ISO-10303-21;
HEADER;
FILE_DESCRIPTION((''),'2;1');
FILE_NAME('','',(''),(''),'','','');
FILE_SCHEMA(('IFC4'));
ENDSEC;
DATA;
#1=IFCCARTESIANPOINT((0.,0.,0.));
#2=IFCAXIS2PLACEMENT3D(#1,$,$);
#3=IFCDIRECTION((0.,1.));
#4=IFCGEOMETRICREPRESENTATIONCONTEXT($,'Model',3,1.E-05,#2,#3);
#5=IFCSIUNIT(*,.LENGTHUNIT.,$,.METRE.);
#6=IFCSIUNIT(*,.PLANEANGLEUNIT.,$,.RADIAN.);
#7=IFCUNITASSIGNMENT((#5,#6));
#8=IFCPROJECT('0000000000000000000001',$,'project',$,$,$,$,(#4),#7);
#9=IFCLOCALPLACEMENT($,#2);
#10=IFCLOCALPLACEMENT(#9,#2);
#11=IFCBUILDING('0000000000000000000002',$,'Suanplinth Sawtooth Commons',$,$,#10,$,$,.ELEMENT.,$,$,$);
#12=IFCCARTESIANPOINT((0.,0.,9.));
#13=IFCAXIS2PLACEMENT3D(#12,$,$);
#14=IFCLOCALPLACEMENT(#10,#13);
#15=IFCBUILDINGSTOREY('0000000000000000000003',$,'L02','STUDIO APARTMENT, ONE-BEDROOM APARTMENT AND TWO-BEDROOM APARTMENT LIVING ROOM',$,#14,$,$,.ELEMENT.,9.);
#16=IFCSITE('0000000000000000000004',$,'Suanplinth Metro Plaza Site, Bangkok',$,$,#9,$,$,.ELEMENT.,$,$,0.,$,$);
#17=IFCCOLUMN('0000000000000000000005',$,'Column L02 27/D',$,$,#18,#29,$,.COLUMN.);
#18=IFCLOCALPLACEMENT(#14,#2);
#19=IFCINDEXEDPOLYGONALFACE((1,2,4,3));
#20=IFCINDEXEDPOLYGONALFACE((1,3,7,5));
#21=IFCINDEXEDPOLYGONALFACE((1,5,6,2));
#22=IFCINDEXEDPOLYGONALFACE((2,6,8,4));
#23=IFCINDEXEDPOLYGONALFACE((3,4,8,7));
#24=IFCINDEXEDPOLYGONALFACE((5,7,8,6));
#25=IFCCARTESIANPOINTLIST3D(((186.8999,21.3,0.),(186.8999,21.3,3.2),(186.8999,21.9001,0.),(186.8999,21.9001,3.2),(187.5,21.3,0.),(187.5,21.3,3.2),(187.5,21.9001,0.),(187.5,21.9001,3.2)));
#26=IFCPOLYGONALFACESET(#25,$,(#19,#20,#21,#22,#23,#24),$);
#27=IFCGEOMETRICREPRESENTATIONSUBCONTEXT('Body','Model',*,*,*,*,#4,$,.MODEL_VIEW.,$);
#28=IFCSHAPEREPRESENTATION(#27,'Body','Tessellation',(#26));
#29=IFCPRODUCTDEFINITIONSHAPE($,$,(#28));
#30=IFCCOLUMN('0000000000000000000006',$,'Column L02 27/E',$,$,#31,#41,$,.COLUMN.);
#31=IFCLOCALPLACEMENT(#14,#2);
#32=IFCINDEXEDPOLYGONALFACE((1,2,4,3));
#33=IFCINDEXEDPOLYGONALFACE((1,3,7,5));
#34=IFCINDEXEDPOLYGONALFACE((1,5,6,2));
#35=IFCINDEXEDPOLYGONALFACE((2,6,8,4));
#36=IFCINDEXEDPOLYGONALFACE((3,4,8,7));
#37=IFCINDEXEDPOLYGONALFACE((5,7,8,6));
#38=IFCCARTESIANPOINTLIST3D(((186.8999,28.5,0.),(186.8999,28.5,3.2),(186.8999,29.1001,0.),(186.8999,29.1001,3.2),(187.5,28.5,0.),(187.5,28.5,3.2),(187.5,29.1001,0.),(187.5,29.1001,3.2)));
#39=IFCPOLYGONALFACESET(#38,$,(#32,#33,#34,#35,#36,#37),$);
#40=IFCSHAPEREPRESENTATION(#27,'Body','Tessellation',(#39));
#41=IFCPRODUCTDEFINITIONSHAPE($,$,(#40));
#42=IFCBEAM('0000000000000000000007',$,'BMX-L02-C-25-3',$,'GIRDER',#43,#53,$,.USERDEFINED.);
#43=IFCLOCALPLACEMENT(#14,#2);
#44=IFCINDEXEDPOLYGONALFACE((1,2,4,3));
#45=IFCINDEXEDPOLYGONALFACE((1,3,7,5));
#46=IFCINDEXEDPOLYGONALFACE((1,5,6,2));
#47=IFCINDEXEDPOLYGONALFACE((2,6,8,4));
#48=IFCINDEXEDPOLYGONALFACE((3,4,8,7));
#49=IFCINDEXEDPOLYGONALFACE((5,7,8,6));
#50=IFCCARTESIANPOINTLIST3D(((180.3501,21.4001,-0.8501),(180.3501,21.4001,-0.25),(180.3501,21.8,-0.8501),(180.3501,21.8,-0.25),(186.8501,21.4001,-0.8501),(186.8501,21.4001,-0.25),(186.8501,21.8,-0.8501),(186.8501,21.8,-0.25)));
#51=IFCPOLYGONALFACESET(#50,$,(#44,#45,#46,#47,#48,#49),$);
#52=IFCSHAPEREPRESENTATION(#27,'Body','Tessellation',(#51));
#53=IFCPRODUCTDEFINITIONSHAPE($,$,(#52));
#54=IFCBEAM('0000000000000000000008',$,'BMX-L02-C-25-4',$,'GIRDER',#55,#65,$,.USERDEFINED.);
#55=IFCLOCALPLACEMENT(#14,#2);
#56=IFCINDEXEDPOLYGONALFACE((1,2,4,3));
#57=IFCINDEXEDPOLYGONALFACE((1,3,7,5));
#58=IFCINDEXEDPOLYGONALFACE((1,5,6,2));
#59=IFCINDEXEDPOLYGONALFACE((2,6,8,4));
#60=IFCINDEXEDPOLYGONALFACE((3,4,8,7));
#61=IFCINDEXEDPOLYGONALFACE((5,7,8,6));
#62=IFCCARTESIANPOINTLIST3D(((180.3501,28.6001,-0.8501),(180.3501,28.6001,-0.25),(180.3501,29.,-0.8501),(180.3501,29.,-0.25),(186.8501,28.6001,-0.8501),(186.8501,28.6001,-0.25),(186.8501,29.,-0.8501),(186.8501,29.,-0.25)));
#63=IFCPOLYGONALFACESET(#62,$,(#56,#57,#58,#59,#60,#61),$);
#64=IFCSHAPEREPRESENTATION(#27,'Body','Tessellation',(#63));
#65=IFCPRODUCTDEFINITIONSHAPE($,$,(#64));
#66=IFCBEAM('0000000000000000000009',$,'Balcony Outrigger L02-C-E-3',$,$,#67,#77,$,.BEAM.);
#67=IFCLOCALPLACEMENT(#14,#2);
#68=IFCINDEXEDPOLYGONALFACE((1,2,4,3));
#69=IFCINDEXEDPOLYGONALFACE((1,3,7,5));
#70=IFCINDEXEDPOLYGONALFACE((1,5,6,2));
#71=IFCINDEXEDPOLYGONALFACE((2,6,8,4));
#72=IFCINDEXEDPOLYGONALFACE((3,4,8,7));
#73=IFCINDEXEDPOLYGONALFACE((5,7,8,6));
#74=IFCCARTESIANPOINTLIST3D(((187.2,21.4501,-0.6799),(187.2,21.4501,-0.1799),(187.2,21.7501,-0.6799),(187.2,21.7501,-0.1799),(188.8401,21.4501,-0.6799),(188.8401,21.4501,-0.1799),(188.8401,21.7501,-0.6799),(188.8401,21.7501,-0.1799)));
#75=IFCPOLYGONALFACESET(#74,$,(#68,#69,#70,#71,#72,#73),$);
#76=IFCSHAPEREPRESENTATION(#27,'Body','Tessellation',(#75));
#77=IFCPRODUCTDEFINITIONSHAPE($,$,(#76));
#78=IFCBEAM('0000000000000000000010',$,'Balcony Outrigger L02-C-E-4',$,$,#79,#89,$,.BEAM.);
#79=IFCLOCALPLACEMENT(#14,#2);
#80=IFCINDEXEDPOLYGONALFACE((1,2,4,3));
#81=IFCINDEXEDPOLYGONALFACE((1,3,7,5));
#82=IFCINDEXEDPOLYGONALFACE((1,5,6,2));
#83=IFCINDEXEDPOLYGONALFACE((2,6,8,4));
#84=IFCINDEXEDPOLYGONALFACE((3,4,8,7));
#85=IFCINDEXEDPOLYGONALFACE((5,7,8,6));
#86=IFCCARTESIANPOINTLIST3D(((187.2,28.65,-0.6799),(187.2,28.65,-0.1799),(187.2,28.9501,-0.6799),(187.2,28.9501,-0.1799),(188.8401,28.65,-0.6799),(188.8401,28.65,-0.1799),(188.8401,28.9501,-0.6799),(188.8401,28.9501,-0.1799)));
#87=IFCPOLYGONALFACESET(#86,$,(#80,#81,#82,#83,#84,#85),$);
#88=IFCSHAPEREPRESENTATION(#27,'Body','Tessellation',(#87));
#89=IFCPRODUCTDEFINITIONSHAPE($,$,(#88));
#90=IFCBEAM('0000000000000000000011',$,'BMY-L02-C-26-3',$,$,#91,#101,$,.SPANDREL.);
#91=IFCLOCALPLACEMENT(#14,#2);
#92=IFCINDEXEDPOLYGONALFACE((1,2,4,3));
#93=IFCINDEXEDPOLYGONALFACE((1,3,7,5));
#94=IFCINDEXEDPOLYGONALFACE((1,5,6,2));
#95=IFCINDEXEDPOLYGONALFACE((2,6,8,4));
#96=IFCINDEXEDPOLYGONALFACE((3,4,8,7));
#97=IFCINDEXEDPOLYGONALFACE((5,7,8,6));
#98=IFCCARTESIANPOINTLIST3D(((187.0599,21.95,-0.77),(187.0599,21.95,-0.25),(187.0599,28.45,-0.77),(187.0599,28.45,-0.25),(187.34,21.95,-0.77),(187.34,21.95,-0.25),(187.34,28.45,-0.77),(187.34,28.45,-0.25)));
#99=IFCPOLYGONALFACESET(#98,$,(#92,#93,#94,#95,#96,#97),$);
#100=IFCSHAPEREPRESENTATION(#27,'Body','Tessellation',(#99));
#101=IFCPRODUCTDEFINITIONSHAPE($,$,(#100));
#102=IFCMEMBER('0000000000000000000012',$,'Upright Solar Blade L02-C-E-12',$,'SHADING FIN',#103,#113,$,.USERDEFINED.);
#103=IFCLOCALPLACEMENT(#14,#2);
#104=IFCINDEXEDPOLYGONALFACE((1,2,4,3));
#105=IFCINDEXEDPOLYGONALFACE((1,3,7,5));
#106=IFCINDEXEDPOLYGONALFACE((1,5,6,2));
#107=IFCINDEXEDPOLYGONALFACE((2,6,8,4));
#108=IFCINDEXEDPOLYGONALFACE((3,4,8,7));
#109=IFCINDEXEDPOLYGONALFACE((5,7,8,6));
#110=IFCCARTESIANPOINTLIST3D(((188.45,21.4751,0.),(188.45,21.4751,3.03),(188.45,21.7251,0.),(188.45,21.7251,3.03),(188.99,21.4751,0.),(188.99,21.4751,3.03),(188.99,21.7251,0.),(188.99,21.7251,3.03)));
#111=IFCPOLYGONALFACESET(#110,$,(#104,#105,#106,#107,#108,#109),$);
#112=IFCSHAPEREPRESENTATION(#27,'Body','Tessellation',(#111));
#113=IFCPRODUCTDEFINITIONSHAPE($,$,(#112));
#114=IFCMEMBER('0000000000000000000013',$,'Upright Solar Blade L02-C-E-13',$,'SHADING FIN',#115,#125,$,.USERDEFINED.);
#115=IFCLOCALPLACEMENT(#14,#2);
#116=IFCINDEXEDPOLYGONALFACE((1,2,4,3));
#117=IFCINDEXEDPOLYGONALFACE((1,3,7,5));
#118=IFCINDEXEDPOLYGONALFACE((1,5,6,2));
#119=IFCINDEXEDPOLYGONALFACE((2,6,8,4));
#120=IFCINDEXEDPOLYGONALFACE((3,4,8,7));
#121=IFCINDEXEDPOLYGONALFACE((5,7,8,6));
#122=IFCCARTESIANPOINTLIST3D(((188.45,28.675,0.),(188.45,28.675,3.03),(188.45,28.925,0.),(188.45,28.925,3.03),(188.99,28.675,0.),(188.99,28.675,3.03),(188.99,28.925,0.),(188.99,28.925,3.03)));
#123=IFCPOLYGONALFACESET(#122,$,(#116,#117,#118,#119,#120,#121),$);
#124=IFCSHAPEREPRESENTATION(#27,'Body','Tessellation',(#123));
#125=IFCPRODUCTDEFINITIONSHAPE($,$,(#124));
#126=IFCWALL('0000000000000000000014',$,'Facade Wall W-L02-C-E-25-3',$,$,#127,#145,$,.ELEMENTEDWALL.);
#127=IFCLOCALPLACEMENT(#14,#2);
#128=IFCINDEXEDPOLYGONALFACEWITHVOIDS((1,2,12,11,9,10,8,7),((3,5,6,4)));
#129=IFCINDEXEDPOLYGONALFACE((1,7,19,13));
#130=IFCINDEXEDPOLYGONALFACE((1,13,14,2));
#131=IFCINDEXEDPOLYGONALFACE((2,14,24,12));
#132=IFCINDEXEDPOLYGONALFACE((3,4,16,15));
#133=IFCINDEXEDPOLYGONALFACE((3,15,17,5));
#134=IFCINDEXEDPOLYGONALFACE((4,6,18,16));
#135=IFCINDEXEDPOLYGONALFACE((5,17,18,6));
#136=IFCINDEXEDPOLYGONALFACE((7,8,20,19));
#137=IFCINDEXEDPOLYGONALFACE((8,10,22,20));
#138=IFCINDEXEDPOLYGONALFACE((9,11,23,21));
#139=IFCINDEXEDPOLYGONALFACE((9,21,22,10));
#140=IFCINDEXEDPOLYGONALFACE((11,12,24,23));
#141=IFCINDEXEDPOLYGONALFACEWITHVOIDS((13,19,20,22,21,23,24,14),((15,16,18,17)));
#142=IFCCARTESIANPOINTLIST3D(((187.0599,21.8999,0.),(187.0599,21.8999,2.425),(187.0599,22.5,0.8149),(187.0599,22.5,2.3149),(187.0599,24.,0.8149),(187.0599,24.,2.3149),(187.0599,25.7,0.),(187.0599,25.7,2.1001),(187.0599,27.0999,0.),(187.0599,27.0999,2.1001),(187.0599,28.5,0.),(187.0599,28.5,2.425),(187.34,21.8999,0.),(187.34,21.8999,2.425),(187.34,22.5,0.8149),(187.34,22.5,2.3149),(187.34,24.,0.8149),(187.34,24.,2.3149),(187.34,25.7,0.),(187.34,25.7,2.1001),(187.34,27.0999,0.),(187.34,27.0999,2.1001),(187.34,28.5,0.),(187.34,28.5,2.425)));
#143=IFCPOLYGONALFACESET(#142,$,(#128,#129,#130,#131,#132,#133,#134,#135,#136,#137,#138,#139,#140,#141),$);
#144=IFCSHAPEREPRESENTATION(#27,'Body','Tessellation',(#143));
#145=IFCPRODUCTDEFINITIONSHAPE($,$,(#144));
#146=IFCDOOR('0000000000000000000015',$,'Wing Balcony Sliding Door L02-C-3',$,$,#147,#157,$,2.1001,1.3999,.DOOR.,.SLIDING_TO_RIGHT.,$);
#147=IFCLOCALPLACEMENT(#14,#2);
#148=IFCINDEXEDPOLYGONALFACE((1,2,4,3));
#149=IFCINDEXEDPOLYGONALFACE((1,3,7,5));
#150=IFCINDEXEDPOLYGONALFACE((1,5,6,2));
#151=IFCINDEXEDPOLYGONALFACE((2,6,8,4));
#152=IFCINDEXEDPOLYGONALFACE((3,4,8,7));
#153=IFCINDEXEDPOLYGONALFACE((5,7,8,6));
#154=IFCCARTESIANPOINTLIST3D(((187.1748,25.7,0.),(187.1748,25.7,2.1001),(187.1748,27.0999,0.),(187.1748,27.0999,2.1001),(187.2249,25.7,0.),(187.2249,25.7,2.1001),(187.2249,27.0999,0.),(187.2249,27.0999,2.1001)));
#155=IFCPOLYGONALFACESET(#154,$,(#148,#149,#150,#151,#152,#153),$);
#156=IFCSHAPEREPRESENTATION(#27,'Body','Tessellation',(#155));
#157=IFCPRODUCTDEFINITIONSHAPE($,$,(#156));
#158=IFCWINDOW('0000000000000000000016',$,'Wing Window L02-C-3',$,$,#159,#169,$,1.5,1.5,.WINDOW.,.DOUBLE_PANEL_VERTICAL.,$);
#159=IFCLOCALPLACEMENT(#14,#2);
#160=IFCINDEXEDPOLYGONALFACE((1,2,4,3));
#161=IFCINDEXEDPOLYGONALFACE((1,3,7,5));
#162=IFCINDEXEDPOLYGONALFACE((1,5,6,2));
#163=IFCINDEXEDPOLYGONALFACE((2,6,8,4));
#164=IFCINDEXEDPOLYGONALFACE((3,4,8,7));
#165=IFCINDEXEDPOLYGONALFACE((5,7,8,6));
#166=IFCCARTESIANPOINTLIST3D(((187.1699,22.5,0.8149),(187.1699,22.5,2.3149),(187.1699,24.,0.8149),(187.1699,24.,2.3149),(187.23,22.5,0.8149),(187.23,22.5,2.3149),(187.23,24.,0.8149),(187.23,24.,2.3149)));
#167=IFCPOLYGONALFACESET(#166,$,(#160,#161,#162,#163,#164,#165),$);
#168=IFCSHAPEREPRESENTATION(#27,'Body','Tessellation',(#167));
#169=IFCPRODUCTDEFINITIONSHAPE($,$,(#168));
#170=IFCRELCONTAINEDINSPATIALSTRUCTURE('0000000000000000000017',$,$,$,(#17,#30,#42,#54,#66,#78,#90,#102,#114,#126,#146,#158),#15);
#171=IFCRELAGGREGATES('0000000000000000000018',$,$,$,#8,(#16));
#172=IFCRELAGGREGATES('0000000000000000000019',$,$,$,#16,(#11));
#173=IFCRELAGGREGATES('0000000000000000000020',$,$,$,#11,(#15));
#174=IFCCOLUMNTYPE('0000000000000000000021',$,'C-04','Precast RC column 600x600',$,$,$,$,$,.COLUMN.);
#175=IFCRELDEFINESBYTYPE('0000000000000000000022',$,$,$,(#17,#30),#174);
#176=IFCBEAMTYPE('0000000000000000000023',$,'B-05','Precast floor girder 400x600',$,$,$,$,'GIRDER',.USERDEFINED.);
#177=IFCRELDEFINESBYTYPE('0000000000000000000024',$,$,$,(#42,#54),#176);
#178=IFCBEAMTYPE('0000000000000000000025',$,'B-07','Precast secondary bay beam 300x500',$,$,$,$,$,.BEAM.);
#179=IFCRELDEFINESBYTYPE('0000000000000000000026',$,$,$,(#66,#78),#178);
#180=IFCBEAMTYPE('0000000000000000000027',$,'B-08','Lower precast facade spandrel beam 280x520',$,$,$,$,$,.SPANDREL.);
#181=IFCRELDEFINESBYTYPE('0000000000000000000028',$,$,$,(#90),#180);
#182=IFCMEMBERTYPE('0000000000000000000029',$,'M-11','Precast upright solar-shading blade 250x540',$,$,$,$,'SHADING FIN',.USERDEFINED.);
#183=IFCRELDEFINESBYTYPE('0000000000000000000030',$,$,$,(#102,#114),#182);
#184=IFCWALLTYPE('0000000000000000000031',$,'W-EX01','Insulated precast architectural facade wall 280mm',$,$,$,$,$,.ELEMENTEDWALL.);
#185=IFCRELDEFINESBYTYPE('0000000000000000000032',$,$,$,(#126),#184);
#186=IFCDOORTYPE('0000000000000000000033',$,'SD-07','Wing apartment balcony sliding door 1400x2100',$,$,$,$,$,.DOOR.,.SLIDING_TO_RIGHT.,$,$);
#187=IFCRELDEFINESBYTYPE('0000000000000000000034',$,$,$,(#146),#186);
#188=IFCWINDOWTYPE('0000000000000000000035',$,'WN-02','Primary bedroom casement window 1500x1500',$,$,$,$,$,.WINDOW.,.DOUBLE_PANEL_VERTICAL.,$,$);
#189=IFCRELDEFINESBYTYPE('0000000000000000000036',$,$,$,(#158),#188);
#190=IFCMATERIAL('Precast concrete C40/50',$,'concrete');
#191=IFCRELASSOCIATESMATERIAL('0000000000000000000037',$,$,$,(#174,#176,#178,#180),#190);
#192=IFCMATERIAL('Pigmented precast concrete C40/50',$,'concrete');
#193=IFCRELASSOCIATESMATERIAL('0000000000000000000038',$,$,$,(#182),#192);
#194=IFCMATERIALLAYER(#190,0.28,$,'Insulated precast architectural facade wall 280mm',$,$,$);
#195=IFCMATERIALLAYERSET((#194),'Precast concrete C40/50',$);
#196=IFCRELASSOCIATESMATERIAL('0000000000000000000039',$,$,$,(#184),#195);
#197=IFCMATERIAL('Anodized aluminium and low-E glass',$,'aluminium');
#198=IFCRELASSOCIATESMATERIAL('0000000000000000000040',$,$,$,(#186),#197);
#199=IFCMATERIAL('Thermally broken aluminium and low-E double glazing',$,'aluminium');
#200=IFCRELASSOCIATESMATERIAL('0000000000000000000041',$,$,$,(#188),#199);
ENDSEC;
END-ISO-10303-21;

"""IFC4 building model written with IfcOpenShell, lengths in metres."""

from ifc_helpers import new_model, si_unit, direction, frame, frame_2d, origin, origin_2d, place, context, subcontext, project, spatial, rectangle, extrude, material, layer, layer_set, material_profile, profile_set, type_object, element, fill, save


model = new_model("IFC4")

# Units and contexts
model_context = context("Model", 3, precision=1e-05, world=origin(), true_north=direction((0.0, 1.0)))
body_context = subcontext(model_context, "Body", "Model", "MODEL_VIEW")
ifc_project = project(units=[si_unit("LENGTHUNIT", "METRE"), si_unit("PLANEANGLEUNIT", "RADIAN")], contexts=[model_context])

# Site, building, storey
site_placement = place(None, origin())
site = spatial("IfcSite", under=ifc_project, at=site_placement, Name="Suanplinth Metro Plaza Site, Bangkok", CompositionType="ELEMENT", RefElevation=0.0)
building_placement = place(site_placement, origin())
building = spatial("IfcBuilding", under=site, at=building_placement, Name="Suanplinth Sawtooth Commons", CompositionType="ELEMENT")
storey_placement = place(building_placement, frame((0.0, 0.0, 9.0)))
storey = spatial("IfcBuildingStorey", under=building, at=storey_placement, Name="L02", Description="STUDIO APARTMENT, ONE-BEDROOM APARTMENT AND TWO-BEDROOM APARTMENT LIVING ROOM", CompositionType="ELEMENT", Elevation=9.0)

# Columns
ifc_material_1 = material(Name="Precast concrete C40/50", Category="concrete")
ifc_material_profile_1 = material_profile(ifc_material_1, rectangle(XDim=0.6001, YDim=0.6001, at=origin_2d()), Name="PC-COL 600x600")
ifc_profile_set_1 = profile_set([ifc_material_profile_1], Name="Precast concrete C40/50")
column_type = type_object("IfcColumnType", Name="C-04", Description="Precast RC column 600x600", PredefinedType="COLUMN", material=ifc_profile_set_1)
for number, where, z_axis, x_axis, name in (
    (1, (187.2, 21.6001, 0.0), (0.0, 0.0, 1.0), (1.0, 0.0, 0.0), "Column L02 27/D"),
    (2, (187.2, 28.8, 0.0), (0.0, 0.0, 1.0), (1.0, 0.0, 0.0), "Column L02 27/E"),
):
    element("IfcColumn", number, at=place(storey_placement, frame(where, z_axis=z_axis, x_axis=x_axis)), inside=storey, type_object=column_type, Name=name, PredefinedType="COLUMN", context=body_context, shape_type="SweptSolid", body=[
        extrude(rectangle(XDim=0.6001, YDim=0.6001, at=origin_2d()), origin(), (0.0, 0.0, 1.0), 3.2),
    ])

# Beams
ifc_material_profile_2 = material_profile(ifc_material_1, rectangle(XDim=0.3999, YDim=0.6001, at=origin_2d()), Name="PC-GDR 400x600")
ifc_profile_set_2 = profile_set([ifc_material_profile_2], Name="Precast concrete C40/50")
beam_type_1 = type_object("IfcBeamType", Name="B-05", Description="Precast floor girder 400x600", ElementType="GIRDER", PredefinedType="USERDEFINED", material=ifc_profile_set_2)
for number, where, z_axis, x_axis, name in (
    (3, (180.3501, 21.6001, -0.55), (1.0, 0.0, 0.0), (0.0, 1.0, 0.0), "BMX-L02-C-25-3"),
    (4, (180.3501, 28.8, -0.55), (1.0, 0.0, 0.0), (0.0, 1.0, 0.0), "BMX-L02-C-25-4"),
):
    element("IfcBeam", number, at=place(storey_placement, frame(where, z_axis=z_axis, x_axis=x_axis)), inside=storey, type_object=beam_type_1, Name=name, ObjectType="GIRDER", PredefinedType="USERDEFINED", context=body_context, shape_type="SweptSolid", body=[
        extrude(rectangle(XDim=0.3999, YDim=0.6001, at=origin_2d()), origin(), (0.0, 0.0, 1.0), 6.5),
    ])
ifc_material_profile_3 = material_profile(ifc_material_1, rectangle(XDim=0.3, YDim=0.5, at=origin_2d()), Name="PC-BM 300x500")
ifc_profile_set_3 = profile_set([ifc_material_profile_3], Name="Precast concrete C40/50")
beam_type_2 = type_object("IfcBeamType", Name="B-07", Description="Precast secondary bay beam 300x500", PredefinedType="BEAM", material=ifc_profile_set_3)
for number, where, z_axis, x_axis, name in (
    (5, (187.2, 21.6001, -0.4299), (1.0, 0.0, 0.0), (0.0, 1.0, 0.0), "Balcony Outrigger L02-C-E-3"),
    (6, (187.2, 28.8, -0.4299), (1.0, 0.0, 0.0), (0.0, 1.0, 0.0), "Balcony Outrigger L02-C-E-4"),
):
    element("IfcBeam", number, at=place(storey_placement, frame(where, z_axis=z_axis, x_axis=x_axis)), inside=storey, type_object=beam_type_2, Name=name, PredefinedType="BEAM", context=body_context, shape_type="SweptSolid", body=[
        extrude(rectangle(XDim=0.3, YDim=0.5, at=origin_2d()), origin(), (0.0, 0.0, 1.0), 1.6401),
    ])
ifc_material_profile_4 = material_profile(ifc_material_1, rectangle(XDim=0.28, YDim=0.52, at=origin_2d()), Name="PC-SP 280x520")
ifc_profile_set_4 = profile_set([ifc_material_profile_4], Name="Precast concrete C40/50")
beam_type_3 = type_object("IfcBeamType", Name="B-08", Description="Lower precast facade spandrel beam 280x520", PredefinedType="SPANDREL", material=ifc_profile_set_4)
beam_placement = place(storey_placement, frame((187.2, 21.95, -0.51), z_axis=(0.0, 1.0, 0.0), x_axis=(-1.0, 0.0, 0.0)))
element("IfcBeam", 7, at=beam_placement, inside=storey, type_object=beam_type_3, Name="BMY-L02-C-26-3", PredefinedType="SPANDREL", context=body_context, shape_type="SweptSolid", body=[
    extrude(rectangle(XDim=0.28, YDim=0.52, at=origin_2d()), origin(), (0.0, 0.0, 1.0), 6.5),
])

# Members
ifc_material_2 = material(Name="Pigmented precast concrete C40/50", Category="concrete")
ifc_material_profile_5 = material_profile(ifc_material_2, rectangle(XDim=0.25, YDim=0.54, at=origin_2d()), Name="PC-FIN 250x540")
ifc_profile_set_5 = profile_set([ifc_material_profile_5], Name="Pigmented precast concrete C40/50")
member_type = type_object("IfcMemberType", Name="M-11", Description="Precast upright solar-shading blade 250x540", ElementType="SHADING FIN", PredefinedType="USERDEFINED", material=ifc_profile_set_5)
for number, where, z_axis, x_axis, name in (
    (8, (188.72, 21.6001, 0.0), (0.0, 0.0, 1.0), (0.0, 1.0, 0.0), "Upright Solar Blade L02-C-E-12"),
    (9, (188.72, 28.8, 0.0), (0.0, 0.0, 1.0), (0.0, 1.0, 0.0), "Upright Solar Blade L02-C-E-13"),
):
    element("IfcMember", number, at=place(storey_placement, frame(where, z_axis=z_axis, x_axis=x_axis)), inside=storey, type_object=member_type, Name=name, ObjectType="SHADING FIN", PredefinedType="USERDEFINED", context=body_context, shape_type="SweptSolid", body=[
        extrude(rectangle(XDim=0.25, YDim=0.54, at=origin_2d()), origin(), (0.0, 0.0, 1.0), 3.03),
    ])

# Wall, openings, door, window
ifc_layer_1 = layer(ifc_material_1, 0.28, Name="Insulated precast architectural facade wall 280mm")
ifc_layer_set_1 = layer_set([ifc_layer_1], Name="Precast concrete C40/50")
wall_type_1 = type_object("IfcWallType", Name="W-EX01", Description="Insulated precast architectural facade wall 280mm", PredefinedType="ELEMENTEDWALL", material=ifc_layer_set_1)
wall_1_placement = place(storey_placement, frame((187.2, 21.8999, 0.0), z_axis=(0.0, 0.0, 1.0), x_axis=(0.0, 1.0, 0.0)))
wall_1 = element("IfcWall", 10, at=wall_1_placement, inside=storey, type_object=wall_type_1, Name="Facade Wall W-L02-C-E-25-3", PredefinedType="ELEMENTEDWALL", context=body_context, shape_type="SweptSolid", body=[
    extrude(rectangle(XDim=6.6001, YDim=0.28, at=frame_2d((3.3, 0.0))), origin(), (0.0, 0.0, 1.0), 2.425),
])
opening_1_placement = place(wall_1_placement, frame((3.8, 0.0, 0.0)))
opening_1 = element("IfcOpeningElement", 11, at=opening_1_placement, cuts=wall_1, PredefinedType="OPENING", context=body_context, shape_type="SweptSolid", body=[
    extrude(rectangle(XDim=1.3999, YDim=2.1001, at=frame_2d((0.7, 1.05))), frame((0.0, 0.1548, 0.0), z_axis=(0.0, -1.0, 0.0), x_axis=(1.0, 0.0, 0.0)), (0.0, 0.0, 1.0), 0.3098),
])
opening_2_placement = place(wall_1_placement, frame((0.6001, 0.0, 0.8149)))
opening_2 = element("IfcOpeningElement", 12, at=opening_2_placement, cuts=wall_1, PredefinedType="OPENING", context=body_context, shape_type="SweptSolid", body=[
    extrude(rectangle(XDim=1.5, YDim=1.5, at=frame_2d((0.75, 0.75))), frame((0.0, 0.1548, 0.0), z_axis=(0.0, -1.0, 0.0), x_axis=(1.0, 0.0, 0.0)), (0.0, 0.0, 1.0), 0.3098),
])
ifc_material_3 = material(Name="Anodized aluminium and low-E glass", Category="aluminium")
door_type_1 = type_object("IfcDoorType", Name="SD-07", Description="Wing apartment balcony sliding door 1400x2100", OperationType="SLIDING_TO_RIGHT", PredefinedType="DOOR", material=ifc_material_3)
door_1_placement = place(opening_1_placement, frame((1.3999, 0.0, 0.0), z_axis=(0.0, 0.0, 1.0), x_axis=(-1.0, 0.0, 0.0)))
door_1 = element("IfcDoor", 13, at=door_1_placement, inside=storey, type_object=door_type_1, Name="Wing Balcony Sliding Door L02-C-3", OperationType="SLIDING_TO_RIGHT", OverallHeight=2.1001, OverallWidth=1.3999, PredefinedType="DOOR", context=body_context, shape_type="SweptSolid", body=[
    extrude(rectangle(XDim=1.3999, YDim=2.1001, at=frame_2d((0.7, 1.05))), frame((0.0, 0.0249, 0.0), z_axis=(0.0, -1.0, 0.0), x_axis=(1.0, 0.0, 0.0)), (0.0, 0.0, 1.0), 0.05),
])
fill(opening_1, door_1)
ifc_material_4 = material(Name="Thermally broken aluminium and low-E double glazing", Category="aluminium")
window_type = type_object("IfcWindowType", Name="WN-02", Description="Primary bedroom casement window 1500x1500", PartitioningType="DOUBLE_PANEL_VERTICAL", PredefinedType="WINDOW", material=ifc_material_4)
window_placement = place(opening_2_placement, origin())
window = element("IfcWindow", 14, at=window_placement, inside=storey, type_object=window_type, Name="Wing Window L02-C-3", OverallHeight=1.5, OverallWidth=1.5, PartitioningType="DOUBLE_PANEL_VERTICAL", PredefinedType="WINDOW", context=body_context, shape_type="SweptSolid", body=[
    extrude(rectangle(XDim=1.5, YDim=1.5, at=frame_2d((0.75, 0.75))), frame((0.0, 0.03, 0.0), z_axis=(0.0, -1.0, 0.0), x_axis=(1.0, 0.0, 0.0)), (0.0, 0.0, 1.0), 0.0601),
])
fill(opening_2, window)

save(model, "model.ifc")
